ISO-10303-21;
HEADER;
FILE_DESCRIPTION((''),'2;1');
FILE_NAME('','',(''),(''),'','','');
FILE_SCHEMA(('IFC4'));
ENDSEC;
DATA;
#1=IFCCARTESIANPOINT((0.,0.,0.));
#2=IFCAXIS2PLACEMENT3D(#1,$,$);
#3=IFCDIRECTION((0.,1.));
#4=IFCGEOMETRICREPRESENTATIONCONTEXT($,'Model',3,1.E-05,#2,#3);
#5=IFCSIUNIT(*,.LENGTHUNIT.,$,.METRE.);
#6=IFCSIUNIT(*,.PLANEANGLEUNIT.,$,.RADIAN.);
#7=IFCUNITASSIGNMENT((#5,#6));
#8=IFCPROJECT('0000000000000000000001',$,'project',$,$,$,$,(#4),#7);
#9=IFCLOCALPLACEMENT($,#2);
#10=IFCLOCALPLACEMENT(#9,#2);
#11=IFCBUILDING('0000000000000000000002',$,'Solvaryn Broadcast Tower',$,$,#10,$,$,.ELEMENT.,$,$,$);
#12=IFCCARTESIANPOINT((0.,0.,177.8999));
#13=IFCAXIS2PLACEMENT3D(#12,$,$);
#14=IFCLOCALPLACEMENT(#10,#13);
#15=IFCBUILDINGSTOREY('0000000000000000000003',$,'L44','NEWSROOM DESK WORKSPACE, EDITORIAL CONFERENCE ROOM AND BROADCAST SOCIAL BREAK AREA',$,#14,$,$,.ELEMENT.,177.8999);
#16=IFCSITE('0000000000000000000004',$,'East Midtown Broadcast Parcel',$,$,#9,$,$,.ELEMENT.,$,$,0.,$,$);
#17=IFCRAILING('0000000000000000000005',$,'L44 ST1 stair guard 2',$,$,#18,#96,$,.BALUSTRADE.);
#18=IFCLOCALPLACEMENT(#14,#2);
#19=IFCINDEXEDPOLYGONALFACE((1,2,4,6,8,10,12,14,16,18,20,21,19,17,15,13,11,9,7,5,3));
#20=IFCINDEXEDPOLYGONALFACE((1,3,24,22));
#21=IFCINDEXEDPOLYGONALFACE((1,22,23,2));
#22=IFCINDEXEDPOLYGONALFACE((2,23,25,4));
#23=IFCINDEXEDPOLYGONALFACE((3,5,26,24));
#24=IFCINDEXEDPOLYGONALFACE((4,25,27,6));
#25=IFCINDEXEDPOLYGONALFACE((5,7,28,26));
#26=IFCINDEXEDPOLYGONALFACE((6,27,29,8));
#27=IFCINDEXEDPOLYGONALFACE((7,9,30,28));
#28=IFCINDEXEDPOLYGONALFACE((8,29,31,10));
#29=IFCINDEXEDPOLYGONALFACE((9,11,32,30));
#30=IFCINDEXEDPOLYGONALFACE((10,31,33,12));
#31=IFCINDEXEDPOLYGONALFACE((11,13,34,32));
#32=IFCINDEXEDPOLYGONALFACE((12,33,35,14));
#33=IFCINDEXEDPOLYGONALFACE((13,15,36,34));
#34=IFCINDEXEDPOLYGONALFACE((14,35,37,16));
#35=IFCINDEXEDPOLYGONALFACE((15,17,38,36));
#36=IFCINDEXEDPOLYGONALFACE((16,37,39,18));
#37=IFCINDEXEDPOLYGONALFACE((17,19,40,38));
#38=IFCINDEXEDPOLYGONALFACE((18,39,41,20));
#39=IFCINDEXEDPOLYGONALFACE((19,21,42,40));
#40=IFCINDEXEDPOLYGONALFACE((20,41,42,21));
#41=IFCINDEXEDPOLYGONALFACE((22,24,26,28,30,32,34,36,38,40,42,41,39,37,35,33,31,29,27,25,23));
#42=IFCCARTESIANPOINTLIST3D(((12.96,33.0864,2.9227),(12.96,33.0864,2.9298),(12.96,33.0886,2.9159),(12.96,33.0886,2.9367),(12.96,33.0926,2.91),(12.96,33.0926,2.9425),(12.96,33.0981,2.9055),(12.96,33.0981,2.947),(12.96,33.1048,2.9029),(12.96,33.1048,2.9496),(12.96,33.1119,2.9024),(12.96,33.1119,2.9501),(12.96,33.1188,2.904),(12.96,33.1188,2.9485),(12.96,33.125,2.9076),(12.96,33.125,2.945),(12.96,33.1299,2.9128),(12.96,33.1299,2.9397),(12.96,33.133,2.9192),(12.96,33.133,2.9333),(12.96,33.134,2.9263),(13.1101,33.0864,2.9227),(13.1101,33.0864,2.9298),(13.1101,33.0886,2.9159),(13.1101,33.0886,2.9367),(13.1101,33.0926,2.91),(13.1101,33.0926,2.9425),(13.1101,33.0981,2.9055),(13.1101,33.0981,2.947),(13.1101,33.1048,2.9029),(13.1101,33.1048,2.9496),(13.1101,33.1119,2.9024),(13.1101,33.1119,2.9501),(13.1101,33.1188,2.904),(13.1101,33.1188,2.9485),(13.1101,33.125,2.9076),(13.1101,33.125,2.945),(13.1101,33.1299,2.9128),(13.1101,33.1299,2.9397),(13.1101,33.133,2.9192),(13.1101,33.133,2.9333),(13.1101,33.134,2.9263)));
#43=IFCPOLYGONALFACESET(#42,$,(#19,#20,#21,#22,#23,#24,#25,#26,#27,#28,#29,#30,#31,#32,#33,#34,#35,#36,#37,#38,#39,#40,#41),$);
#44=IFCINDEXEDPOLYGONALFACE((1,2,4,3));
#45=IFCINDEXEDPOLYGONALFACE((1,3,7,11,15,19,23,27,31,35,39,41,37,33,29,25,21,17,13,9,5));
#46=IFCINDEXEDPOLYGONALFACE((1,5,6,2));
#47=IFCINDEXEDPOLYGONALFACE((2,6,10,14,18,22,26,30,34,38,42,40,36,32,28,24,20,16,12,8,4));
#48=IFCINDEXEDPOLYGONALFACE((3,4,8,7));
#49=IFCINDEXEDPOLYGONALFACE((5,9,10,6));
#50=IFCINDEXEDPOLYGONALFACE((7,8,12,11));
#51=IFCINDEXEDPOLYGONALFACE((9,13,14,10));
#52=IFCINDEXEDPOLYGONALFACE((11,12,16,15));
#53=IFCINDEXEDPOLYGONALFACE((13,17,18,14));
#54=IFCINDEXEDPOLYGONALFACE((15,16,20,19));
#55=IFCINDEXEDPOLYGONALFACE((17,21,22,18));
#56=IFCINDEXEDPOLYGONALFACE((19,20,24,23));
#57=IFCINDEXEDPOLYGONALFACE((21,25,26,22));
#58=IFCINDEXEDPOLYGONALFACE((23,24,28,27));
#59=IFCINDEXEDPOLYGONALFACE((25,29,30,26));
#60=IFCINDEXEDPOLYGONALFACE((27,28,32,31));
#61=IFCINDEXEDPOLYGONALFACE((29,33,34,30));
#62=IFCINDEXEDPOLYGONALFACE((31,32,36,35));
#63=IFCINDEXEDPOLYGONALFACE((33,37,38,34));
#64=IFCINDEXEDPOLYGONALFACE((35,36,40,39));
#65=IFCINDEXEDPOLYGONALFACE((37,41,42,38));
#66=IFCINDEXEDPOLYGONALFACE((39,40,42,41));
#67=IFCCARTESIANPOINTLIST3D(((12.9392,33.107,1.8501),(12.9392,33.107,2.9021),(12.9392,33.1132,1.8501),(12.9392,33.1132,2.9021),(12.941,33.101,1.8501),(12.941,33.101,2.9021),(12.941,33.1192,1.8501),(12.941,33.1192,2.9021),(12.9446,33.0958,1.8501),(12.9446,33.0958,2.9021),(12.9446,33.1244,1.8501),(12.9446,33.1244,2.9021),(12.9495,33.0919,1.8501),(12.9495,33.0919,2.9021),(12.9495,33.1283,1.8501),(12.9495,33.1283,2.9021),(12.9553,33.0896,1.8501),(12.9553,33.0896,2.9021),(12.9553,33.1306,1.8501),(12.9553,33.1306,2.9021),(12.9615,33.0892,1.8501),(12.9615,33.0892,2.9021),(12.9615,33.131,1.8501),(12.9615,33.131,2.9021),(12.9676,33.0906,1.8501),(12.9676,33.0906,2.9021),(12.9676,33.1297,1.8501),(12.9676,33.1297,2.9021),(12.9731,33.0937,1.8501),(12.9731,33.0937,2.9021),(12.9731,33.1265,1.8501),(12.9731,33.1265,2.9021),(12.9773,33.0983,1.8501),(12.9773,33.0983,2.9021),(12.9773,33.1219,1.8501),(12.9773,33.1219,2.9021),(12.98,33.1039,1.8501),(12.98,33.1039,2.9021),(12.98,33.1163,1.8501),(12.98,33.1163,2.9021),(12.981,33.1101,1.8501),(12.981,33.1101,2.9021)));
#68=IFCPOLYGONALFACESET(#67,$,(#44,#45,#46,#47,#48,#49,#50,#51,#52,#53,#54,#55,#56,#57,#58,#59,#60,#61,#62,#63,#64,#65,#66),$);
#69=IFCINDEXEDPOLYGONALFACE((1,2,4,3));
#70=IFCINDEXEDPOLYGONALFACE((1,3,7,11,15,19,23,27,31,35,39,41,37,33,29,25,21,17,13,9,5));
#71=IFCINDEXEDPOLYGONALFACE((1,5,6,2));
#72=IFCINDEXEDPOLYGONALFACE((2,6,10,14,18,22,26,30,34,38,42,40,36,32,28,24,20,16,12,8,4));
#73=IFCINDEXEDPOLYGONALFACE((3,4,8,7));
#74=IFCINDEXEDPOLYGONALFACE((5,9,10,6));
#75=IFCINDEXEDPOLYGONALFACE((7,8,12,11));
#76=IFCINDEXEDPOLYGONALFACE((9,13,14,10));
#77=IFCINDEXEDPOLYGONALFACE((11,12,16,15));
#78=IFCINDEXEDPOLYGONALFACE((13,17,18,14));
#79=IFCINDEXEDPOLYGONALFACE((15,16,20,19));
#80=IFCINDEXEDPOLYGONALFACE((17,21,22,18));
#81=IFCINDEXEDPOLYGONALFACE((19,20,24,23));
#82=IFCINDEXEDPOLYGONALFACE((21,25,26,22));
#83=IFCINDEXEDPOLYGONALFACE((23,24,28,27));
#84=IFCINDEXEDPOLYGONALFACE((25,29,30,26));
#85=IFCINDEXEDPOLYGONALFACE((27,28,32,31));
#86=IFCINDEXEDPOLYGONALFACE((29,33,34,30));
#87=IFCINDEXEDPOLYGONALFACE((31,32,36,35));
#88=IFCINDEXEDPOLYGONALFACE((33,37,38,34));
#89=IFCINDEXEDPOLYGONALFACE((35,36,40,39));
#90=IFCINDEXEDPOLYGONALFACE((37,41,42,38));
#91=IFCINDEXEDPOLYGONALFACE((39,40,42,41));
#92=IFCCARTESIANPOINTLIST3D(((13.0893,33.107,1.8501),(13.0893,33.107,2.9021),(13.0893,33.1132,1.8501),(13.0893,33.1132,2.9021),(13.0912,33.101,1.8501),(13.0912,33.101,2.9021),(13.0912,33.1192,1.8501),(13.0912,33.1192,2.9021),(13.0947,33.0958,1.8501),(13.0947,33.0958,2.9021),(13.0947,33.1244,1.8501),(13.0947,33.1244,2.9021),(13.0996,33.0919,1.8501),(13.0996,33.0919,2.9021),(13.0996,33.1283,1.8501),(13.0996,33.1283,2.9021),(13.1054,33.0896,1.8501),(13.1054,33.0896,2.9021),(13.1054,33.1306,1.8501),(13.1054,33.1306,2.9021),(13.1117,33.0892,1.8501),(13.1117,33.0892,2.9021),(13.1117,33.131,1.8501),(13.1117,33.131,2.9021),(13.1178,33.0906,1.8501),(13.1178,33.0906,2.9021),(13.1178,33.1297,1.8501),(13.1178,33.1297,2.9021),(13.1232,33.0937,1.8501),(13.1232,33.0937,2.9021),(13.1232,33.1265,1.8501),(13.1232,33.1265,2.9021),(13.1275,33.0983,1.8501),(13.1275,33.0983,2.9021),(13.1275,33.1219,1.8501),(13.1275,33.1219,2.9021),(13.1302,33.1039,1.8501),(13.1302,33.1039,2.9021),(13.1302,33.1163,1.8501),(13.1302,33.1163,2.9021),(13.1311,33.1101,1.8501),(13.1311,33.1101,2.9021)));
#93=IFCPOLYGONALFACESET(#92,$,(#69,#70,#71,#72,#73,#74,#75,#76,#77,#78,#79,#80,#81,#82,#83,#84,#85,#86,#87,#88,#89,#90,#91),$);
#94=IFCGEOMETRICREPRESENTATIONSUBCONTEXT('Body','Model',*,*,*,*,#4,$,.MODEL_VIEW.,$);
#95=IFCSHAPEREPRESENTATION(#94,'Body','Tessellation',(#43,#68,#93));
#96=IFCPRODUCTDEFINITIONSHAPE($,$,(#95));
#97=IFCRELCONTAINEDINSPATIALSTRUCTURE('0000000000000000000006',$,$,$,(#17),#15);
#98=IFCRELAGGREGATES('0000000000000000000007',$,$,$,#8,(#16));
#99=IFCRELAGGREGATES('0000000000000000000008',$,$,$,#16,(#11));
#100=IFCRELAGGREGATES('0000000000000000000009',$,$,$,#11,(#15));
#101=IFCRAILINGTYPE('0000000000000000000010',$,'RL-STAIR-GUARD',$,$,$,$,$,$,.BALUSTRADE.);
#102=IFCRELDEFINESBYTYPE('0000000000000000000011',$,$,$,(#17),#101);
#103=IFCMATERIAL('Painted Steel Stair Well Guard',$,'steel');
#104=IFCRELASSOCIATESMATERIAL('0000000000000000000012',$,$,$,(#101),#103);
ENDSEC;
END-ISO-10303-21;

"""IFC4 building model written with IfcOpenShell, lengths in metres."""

from ifc_helpers import new_model, si_unit, direction, frame, origin, origin_2d, place, context, subcontext, project, spatial, circle, extrude, material, type_object, element, save


model = new_model("IFC4")

# Units and contexts
model_context = context("Model", 3, precision=1e-05, world=origin(), true_north=direction((0.0, 1.0)))
body_context = subcontext(model_context, "Body", "Model", "MODEL_VIEW")
ifc_project = project(units=[si_unit("LENGTHUNIT", "METRE"), si_unit("PLANEANGLEUNIT", "RADIAN")], contexts=[model_context])

# Site, building, storey
site_placement = place(None, origin())
site = spatial("IfcSite", under=ifc_project, at=site_placement, Name="East Midtown Broadcast Parcel", CompositionType="ELEMENT", RefElevation=0.0)
building_placement = place(site_placement, origin())
building = spatial("IfcBuilding", under=site, at=building_placement, Name="Solvaryn Broadcast Tower", CompositionType="ELEMENT")
storey_placement = place(building_placement, frame((0.0, 0.0, 177.8999)))
storey = spatial("IfcBuildingStorey", under=building, at=storey_placement, Name="L44", Description="NEWSROOM DESK WORKSPACE, EDITORIAL CONFERENCE ROOM AND BROADCAST SOCIAL BREAK AREA", CompositionType="ELEMENT", Elevation=177.8999)

# Railing
ifc_material_1 = material(Name="Painted Steel Stair Well Guard", Category="steel")
railing_type_1 = type_object("IfcRailingType", Name="RL-STAIR-GUARD", PredefinedType="BALUSTRADE", material=ifc_material_1)
railing_1_placement = place(storey_placement, frame((12.96, 33.1101, 1.8501)))
element("IfcRailing", 1, at=railing_1_placement, inside=storey, type_object=railing_type_1, Name="L44 ST1 stair guard 2", PredefinedType="BALUSTRADE", context=body_context, shape_type="SweptSolid", body=[
    extrude(circle(Radius=0.0239, at=origin_2d()), frame((0.0, 0.0, 1.0762), z_axis=(1.0, 0.0, 0.0), x_axis=(0.0, 1.0, 0.0)), (0.0, 0.0, 1.0), 0.1501),
    extrude(circle(Radius=0.021, at=origin_2d()), origin(), (0.0, 0.0, 1.0), 1.052),
    extrude(circle(Radius=0.021, at=origin_2d()), frame((0.1501, 0.0, 0.0)), (0.0, 0.0, 1.0), 1.052),
])

save(model, "model.ifc")
